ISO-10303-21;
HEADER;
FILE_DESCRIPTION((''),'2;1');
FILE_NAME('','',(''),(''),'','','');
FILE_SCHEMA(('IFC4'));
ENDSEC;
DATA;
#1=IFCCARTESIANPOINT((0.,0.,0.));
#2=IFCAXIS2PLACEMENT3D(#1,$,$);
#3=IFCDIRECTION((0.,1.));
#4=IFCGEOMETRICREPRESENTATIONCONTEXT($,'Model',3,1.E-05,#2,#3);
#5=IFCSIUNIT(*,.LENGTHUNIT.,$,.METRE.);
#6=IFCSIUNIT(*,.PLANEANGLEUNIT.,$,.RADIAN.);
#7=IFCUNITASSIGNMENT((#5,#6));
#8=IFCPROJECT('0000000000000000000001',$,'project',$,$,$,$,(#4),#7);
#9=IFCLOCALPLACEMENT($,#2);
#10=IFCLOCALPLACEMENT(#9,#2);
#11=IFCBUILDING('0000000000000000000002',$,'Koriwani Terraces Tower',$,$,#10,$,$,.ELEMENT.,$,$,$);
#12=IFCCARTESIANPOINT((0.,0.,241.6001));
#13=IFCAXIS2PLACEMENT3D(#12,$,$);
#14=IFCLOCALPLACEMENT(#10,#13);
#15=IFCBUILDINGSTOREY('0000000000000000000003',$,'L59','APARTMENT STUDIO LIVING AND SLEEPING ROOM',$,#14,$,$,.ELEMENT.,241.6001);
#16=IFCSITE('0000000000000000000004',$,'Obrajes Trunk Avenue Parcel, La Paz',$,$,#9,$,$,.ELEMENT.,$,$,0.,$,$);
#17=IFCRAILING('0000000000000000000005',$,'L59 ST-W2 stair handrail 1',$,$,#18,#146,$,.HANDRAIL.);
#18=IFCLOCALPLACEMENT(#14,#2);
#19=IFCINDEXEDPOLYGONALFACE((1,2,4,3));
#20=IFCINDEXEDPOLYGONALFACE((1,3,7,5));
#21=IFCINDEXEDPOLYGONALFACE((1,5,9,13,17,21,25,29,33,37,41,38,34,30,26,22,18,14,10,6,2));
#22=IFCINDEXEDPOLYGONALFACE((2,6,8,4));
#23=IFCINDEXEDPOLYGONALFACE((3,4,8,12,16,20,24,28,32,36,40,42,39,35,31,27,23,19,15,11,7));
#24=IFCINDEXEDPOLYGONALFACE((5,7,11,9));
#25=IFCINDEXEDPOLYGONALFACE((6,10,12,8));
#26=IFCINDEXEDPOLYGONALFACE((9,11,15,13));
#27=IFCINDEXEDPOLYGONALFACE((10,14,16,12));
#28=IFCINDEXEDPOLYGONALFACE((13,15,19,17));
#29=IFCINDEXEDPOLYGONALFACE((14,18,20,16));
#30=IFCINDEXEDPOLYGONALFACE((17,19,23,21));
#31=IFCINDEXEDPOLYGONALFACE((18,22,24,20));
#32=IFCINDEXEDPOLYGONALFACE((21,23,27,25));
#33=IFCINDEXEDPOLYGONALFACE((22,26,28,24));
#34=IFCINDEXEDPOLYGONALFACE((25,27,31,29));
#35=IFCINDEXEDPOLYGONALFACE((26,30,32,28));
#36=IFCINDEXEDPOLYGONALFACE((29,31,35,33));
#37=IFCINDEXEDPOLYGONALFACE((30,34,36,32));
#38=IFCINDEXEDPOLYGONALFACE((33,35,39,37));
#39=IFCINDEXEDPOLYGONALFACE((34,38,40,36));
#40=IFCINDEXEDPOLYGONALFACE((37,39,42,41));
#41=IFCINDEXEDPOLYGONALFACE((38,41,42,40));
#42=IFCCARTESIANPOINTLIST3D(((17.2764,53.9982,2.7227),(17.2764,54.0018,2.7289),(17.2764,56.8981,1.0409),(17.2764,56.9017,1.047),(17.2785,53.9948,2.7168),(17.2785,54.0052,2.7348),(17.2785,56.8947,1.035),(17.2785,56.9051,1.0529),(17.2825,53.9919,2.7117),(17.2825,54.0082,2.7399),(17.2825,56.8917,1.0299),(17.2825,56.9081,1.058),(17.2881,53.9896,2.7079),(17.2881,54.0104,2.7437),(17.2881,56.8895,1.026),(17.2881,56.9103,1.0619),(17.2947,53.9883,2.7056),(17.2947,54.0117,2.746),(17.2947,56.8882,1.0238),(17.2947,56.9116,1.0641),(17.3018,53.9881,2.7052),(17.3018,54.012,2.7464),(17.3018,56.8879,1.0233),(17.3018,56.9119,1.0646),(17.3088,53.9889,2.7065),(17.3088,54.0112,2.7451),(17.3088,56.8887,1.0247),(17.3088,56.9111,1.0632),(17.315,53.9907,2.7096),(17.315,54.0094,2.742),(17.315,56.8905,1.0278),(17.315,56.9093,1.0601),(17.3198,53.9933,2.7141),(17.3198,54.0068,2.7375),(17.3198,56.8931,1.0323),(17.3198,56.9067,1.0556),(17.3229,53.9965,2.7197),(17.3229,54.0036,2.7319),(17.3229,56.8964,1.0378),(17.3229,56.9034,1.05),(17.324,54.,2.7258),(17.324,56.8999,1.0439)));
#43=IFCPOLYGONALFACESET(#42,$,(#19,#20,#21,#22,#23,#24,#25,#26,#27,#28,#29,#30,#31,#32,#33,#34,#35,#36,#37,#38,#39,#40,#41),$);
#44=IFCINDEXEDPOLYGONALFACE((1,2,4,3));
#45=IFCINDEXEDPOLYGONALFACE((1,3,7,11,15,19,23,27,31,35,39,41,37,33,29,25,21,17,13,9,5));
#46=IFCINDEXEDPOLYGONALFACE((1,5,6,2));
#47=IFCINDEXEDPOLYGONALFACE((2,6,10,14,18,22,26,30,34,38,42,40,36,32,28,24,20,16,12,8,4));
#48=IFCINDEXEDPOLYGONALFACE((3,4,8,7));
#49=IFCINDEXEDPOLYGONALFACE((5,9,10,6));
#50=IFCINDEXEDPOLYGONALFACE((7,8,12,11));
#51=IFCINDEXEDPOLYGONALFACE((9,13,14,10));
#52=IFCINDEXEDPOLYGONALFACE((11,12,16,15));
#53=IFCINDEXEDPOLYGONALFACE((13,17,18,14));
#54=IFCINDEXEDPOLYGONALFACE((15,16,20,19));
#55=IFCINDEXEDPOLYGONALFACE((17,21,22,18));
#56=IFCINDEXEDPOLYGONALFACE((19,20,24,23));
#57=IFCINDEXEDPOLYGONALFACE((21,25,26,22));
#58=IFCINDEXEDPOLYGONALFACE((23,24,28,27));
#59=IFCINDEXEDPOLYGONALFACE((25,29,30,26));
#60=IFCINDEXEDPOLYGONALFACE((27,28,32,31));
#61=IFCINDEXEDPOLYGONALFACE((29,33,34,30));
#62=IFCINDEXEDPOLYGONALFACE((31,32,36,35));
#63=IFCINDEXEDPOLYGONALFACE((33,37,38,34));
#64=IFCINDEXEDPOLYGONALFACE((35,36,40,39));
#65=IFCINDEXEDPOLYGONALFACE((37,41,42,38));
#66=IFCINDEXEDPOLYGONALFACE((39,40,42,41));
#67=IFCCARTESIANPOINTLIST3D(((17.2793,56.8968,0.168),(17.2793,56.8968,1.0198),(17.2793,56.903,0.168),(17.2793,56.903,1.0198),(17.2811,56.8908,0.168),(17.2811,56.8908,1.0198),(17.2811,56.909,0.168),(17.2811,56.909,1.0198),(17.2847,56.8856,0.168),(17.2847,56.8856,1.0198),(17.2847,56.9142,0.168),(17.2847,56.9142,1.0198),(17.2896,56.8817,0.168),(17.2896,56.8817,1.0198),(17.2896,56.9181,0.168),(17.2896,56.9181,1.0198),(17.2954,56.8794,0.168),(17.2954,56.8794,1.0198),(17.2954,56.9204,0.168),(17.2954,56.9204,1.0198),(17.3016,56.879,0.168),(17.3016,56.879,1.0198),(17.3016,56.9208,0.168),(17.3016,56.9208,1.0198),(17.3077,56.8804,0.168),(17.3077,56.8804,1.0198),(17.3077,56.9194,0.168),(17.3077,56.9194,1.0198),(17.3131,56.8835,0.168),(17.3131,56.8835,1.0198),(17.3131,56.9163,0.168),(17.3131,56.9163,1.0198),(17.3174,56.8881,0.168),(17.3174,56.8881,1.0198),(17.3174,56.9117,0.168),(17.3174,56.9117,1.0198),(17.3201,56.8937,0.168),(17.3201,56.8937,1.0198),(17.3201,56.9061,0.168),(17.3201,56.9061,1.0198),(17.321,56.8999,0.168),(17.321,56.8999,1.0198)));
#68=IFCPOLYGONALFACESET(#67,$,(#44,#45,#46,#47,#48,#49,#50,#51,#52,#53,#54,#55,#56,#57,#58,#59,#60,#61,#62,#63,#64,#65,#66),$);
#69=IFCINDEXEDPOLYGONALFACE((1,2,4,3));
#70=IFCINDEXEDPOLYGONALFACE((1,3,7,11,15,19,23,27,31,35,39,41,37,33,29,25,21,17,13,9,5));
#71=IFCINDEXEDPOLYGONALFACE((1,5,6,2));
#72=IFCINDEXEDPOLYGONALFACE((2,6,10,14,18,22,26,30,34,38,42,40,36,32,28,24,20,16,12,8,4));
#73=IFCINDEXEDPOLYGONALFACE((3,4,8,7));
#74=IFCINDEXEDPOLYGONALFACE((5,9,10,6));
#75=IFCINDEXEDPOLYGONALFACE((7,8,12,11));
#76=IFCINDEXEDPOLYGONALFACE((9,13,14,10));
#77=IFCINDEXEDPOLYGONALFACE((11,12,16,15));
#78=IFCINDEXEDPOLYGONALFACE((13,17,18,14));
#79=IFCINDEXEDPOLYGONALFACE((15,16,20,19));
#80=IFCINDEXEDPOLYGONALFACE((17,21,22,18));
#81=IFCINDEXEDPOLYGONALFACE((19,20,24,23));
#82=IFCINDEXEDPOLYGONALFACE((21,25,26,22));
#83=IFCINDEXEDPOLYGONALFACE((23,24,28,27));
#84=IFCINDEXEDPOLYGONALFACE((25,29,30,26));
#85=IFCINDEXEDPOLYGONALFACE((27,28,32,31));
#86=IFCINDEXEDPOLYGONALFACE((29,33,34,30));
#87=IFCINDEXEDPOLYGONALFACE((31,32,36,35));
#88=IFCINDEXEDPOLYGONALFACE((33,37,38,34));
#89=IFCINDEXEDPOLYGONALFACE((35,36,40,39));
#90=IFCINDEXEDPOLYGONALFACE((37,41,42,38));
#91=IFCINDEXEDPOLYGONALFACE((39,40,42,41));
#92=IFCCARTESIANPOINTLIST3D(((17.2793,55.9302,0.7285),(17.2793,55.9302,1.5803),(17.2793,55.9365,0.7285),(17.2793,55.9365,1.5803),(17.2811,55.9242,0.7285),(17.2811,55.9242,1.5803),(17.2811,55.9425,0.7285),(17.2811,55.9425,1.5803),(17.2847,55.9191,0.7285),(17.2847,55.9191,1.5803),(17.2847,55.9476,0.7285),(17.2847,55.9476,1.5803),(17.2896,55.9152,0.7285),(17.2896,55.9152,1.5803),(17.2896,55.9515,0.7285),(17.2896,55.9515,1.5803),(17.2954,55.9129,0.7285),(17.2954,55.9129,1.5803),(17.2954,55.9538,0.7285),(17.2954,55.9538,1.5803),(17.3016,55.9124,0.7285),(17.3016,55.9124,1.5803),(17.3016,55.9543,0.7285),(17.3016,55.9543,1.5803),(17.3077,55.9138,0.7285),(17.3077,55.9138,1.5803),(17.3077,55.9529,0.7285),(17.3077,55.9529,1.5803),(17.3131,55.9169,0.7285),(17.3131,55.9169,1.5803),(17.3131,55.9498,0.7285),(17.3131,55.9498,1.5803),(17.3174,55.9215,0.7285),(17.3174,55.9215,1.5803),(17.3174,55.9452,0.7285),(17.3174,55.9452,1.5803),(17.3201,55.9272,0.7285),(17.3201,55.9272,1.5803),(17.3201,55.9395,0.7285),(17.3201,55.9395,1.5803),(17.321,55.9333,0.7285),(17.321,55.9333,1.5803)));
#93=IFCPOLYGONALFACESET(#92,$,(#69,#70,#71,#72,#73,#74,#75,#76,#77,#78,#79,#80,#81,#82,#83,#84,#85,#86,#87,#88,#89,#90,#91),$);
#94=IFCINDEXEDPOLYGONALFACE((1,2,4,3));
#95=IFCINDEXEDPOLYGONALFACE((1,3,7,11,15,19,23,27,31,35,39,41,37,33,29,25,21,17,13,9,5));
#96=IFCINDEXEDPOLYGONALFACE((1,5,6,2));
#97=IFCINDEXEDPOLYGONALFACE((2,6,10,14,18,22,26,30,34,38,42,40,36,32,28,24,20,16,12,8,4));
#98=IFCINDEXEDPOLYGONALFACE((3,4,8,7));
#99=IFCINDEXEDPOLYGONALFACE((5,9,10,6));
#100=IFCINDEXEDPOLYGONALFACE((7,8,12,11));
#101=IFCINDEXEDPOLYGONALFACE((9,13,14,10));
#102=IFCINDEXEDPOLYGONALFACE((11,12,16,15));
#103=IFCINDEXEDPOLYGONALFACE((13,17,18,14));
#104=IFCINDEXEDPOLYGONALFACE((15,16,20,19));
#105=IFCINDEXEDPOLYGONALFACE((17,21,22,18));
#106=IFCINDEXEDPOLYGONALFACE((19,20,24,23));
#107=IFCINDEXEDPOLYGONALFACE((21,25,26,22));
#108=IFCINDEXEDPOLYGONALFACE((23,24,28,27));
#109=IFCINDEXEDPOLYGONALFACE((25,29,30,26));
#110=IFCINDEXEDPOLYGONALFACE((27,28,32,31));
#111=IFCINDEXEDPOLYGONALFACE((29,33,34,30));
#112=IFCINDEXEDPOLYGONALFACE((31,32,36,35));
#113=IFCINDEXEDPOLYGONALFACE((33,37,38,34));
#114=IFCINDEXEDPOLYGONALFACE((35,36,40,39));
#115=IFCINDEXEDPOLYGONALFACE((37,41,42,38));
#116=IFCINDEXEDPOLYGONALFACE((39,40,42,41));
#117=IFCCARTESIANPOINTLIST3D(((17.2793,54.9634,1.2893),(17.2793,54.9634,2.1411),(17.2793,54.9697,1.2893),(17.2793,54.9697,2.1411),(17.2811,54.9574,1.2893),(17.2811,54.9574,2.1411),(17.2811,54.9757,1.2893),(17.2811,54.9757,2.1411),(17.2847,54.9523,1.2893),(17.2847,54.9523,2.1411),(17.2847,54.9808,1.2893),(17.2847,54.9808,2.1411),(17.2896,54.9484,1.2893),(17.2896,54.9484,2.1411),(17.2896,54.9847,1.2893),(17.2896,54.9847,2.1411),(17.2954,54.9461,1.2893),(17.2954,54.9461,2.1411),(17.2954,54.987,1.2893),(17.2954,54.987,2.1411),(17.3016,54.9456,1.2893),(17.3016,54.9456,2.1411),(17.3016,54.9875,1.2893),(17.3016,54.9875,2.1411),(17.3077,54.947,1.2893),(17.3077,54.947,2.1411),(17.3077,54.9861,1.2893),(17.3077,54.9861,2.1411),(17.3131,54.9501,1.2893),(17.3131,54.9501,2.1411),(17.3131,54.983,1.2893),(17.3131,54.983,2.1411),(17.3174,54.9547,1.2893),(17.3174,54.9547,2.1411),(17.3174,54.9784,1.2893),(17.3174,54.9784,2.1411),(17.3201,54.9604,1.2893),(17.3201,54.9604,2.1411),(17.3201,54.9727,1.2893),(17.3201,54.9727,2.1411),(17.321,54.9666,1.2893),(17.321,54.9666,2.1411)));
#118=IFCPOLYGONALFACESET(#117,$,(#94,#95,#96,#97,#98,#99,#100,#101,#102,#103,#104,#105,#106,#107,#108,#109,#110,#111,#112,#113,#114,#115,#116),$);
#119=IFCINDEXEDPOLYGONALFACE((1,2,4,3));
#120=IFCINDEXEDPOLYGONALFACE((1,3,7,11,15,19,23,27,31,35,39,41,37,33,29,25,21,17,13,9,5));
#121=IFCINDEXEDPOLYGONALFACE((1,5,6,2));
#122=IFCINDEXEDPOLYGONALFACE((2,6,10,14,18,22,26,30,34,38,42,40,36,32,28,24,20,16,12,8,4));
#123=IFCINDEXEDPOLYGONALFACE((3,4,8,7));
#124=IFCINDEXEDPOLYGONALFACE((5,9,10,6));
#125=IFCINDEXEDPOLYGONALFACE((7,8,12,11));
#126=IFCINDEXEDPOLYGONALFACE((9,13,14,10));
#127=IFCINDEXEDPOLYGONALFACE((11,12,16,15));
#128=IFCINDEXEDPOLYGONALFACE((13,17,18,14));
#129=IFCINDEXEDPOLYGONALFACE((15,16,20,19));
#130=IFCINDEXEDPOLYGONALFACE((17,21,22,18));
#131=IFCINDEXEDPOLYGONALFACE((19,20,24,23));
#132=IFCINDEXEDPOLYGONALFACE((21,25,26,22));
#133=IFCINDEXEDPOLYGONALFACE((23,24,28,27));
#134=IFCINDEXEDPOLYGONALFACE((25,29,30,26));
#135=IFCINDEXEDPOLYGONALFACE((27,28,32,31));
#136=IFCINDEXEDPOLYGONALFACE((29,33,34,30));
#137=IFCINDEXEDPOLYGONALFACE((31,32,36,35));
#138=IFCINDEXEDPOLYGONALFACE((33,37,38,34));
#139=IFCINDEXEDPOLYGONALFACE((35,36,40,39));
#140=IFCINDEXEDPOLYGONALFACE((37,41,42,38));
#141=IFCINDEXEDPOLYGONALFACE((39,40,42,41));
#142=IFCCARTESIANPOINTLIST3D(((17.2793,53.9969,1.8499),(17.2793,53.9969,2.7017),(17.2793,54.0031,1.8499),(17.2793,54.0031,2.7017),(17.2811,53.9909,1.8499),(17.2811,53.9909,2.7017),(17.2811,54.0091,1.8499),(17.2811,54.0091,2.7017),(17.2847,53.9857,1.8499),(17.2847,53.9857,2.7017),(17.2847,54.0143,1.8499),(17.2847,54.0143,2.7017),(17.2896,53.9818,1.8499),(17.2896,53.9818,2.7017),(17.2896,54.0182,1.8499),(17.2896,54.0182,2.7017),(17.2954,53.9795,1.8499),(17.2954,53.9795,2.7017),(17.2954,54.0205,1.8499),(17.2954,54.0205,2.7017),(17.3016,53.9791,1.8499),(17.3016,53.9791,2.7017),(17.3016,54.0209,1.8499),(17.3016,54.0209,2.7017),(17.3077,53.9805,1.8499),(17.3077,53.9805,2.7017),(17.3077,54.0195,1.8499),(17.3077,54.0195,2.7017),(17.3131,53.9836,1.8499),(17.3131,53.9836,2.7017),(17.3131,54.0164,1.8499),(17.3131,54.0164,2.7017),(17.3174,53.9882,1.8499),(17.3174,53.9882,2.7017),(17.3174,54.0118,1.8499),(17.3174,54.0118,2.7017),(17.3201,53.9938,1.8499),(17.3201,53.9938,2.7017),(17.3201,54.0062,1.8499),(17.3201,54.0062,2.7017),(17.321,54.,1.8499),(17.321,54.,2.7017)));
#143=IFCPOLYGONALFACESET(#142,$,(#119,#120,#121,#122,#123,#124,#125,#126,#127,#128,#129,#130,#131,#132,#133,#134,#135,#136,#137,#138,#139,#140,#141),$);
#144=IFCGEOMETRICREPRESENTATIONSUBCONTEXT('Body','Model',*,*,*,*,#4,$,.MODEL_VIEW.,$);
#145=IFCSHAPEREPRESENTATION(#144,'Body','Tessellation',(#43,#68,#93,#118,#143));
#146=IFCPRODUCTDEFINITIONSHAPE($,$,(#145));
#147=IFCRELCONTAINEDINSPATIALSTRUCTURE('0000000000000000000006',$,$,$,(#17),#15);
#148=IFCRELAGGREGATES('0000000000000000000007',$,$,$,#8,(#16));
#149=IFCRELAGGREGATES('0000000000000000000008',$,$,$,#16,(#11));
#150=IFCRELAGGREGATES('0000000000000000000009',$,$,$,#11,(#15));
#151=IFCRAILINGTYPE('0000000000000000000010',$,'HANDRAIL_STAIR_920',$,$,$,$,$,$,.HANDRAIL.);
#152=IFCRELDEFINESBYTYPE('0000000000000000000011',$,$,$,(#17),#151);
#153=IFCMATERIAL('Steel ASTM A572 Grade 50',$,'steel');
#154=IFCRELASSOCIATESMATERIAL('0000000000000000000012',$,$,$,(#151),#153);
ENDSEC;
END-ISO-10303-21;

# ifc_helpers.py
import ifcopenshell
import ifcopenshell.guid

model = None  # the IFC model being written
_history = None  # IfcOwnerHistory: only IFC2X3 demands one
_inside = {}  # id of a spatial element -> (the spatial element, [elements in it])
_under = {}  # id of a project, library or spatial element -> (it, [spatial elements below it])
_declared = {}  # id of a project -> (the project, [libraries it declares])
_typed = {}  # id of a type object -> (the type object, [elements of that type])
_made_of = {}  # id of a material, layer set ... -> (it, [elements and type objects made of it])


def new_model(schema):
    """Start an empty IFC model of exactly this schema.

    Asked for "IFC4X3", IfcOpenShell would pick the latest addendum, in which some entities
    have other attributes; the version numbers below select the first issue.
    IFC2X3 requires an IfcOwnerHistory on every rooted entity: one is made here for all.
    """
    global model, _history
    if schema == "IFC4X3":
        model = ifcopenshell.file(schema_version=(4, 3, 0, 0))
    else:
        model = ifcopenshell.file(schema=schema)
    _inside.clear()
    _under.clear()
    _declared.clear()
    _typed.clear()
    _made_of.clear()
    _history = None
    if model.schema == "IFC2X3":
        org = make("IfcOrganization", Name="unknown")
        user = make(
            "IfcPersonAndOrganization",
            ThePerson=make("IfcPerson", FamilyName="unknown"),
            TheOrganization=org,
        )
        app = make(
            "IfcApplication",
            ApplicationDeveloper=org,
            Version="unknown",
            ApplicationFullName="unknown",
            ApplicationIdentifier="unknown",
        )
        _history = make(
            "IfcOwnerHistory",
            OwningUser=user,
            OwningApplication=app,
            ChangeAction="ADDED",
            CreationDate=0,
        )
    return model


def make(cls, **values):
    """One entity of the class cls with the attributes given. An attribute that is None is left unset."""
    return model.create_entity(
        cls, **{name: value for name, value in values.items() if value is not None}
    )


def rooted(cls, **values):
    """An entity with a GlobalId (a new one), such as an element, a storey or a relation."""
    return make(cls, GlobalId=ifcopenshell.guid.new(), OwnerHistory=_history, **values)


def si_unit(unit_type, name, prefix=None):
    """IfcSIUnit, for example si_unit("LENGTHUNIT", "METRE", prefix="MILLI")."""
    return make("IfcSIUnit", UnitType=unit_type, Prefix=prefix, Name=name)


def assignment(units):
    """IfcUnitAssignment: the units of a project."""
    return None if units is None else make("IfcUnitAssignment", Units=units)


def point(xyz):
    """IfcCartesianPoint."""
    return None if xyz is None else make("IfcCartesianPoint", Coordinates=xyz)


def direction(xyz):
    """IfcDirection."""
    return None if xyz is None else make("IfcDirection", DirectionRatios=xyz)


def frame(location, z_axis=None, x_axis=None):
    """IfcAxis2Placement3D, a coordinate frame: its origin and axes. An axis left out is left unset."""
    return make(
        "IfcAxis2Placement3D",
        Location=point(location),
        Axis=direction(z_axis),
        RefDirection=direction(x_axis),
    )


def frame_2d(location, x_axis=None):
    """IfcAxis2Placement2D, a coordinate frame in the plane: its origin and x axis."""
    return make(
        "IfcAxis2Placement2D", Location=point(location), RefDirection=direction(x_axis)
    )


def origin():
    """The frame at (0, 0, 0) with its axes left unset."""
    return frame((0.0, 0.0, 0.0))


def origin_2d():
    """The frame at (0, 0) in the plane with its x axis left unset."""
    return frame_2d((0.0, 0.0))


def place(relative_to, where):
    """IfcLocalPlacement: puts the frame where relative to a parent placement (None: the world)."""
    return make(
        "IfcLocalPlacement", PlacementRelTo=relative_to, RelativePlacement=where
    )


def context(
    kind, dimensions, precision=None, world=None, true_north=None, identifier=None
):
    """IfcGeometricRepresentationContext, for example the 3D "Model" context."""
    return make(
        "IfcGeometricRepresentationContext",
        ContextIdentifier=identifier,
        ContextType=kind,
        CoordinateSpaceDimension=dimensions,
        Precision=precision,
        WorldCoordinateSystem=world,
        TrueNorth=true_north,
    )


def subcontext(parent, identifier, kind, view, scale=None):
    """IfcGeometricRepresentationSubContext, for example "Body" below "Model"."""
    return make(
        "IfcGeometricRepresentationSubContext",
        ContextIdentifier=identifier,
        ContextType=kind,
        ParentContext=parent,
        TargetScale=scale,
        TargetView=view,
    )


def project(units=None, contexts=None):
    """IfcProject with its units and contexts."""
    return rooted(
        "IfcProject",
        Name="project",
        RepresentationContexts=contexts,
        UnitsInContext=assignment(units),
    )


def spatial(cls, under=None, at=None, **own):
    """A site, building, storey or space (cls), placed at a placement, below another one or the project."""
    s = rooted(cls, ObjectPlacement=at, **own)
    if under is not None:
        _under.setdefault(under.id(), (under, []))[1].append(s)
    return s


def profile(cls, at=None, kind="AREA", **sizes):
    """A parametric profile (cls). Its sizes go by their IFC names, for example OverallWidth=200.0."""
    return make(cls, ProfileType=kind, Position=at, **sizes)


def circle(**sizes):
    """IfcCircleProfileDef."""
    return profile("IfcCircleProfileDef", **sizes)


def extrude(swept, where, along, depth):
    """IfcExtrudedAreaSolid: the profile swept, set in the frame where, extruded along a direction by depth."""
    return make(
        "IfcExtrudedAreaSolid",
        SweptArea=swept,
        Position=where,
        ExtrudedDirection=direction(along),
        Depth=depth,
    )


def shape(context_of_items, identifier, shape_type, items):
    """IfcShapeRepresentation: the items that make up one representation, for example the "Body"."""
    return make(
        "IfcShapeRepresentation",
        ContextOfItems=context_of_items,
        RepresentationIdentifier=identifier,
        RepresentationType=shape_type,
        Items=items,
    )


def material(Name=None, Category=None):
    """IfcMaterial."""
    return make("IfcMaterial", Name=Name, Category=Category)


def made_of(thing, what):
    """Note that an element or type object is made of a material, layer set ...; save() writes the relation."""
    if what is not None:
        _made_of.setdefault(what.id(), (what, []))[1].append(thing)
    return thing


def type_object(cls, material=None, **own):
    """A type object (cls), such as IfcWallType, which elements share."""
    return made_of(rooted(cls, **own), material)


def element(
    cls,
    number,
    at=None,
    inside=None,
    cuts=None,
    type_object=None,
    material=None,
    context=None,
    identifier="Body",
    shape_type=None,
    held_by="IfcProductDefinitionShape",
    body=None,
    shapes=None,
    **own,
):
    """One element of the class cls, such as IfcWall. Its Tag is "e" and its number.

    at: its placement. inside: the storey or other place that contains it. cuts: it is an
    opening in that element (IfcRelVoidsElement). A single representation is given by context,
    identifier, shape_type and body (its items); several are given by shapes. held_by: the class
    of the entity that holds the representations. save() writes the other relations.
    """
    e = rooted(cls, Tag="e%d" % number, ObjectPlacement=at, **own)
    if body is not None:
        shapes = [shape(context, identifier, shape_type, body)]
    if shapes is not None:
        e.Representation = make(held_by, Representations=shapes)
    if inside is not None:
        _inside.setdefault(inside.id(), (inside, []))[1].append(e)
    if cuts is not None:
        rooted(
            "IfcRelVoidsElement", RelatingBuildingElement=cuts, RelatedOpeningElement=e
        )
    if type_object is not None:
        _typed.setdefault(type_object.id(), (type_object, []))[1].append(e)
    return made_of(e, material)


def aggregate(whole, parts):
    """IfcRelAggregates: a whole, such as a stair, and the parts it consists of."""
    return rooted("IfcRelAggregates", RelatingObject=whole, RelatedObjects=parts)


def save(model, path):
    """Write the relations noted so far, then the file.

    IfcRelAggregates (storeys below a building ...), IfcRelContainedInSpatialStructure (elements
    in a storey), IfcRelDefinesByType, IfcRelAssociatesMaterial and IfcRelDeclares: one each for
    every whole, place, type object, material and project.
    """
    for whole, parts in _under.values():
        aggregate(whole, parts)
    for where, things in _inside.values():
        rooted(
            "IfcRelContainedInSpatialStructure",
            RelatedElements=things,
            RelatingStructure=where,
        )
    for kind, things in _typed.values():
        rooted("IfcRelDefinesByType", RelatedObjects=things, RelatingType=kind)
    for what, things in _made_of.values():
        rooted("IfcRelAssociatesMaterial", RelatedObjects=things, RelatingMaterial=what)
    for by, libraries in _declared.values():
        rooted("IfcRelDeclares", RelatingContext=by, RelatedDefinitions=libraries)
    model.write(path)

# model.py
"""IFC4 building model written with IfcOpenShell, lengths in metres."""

from ifc_helpers import new_model, si_unit, direction, frame, origin, origin_2d, place, context, subcontext, project, spatial, circle, extrude, material, type_object, element, save


model = new_model("IFC4")

# Units and contexts
model_context = context("Model", 3, precision=1e-05, world=origin(), true_north=direction((0.0, 1.0)))
body_context = subcontext(model_context, "Body", "Model", "MODEL_VIEW")
ifc_project = project(units=[si_unit("LENGTHUNIT", "METRE"), si_unit("PLANEANGLEUNIT", "RADIAN")], contexts=[model_context])

# Site, building, storey
site_placement = place(None, origin())
site = spatial("IfcSite", under=ifc_project, at=site_placement, Name="Obrajes Trunk Avenue Parcel, La Paz", CompositionType="ELEMENT", RefElevation=0.0)
building_placement = place(site_placement, origin())
building = spatial("IfcBuilding", under=site, at=building_placement, Name="Koriwani Terraces Tower", CompositionType="ELEMENT")
storey_placement = place(building_placement, frame((0.0, 0.0, 241.6001)))
storey = spatial("IfcBuildingStorey", under=building, at=storey_placement, Name="L59", Description="APARTMENT STUDIO LIVING AND SLEEPING ROOM", CompositionType="ELEMENT", Elevation=241.6001)

# Shared definitions
ifc_material_1 = material(Name="Steel ASTM A572 Grade 50", Category="steel")

# Railing
railing_type_1 = type_object("IfcRailingType", Name="HANDRAIL_STAIR_920", PredefinedType="HANDRAIL", material=ifc_material_1)
railing_1_placement = place(storey_placement, frame((17.3, 56.8999, 0.168)))
element("IfcRailing", 1, at=railing_1_placement, inside=storey, type_object=railing_type_1, Name="L59 ST-W2 stair handrail 1", PredefinedType="HANDRAIL", context=body_context, shape_type="SweptSolid", body=[
    extrude(circle(Radius=0.0239, at=origin_2d()), frame((0.0, 0.0, 0.876), z_axis=(0.0, -0.865039, 0.501705), x_axis=(1.0, 0.0, 0.0)), (0.0, 0.0, 1.0), 3.3523),
    extrude(circle(Radius=0.021, at=origin_2d()), origin(), (0.0, 0.0, 1.0), 0.8518),
    extrude(circle(Radius=0.021, at=origin_2d()), frame((0.0, -0.9666, 0.5605)), (0.0, 0.0, 1.0), 0.8518),
    extrude(circle(Radius=0.021, at=origin_2d()), frame((0.0, -1.9333, 1.1213)), (0.0, 0.0, 1.0), 0.8518),
    extrude(circle(Radius=0.021, at=origin_2d()), frame((0.0, -2.8999, 1.6819)), (0.0, 0.0, 1.0), 0.8518),
])

save(model, "model.ifc")
